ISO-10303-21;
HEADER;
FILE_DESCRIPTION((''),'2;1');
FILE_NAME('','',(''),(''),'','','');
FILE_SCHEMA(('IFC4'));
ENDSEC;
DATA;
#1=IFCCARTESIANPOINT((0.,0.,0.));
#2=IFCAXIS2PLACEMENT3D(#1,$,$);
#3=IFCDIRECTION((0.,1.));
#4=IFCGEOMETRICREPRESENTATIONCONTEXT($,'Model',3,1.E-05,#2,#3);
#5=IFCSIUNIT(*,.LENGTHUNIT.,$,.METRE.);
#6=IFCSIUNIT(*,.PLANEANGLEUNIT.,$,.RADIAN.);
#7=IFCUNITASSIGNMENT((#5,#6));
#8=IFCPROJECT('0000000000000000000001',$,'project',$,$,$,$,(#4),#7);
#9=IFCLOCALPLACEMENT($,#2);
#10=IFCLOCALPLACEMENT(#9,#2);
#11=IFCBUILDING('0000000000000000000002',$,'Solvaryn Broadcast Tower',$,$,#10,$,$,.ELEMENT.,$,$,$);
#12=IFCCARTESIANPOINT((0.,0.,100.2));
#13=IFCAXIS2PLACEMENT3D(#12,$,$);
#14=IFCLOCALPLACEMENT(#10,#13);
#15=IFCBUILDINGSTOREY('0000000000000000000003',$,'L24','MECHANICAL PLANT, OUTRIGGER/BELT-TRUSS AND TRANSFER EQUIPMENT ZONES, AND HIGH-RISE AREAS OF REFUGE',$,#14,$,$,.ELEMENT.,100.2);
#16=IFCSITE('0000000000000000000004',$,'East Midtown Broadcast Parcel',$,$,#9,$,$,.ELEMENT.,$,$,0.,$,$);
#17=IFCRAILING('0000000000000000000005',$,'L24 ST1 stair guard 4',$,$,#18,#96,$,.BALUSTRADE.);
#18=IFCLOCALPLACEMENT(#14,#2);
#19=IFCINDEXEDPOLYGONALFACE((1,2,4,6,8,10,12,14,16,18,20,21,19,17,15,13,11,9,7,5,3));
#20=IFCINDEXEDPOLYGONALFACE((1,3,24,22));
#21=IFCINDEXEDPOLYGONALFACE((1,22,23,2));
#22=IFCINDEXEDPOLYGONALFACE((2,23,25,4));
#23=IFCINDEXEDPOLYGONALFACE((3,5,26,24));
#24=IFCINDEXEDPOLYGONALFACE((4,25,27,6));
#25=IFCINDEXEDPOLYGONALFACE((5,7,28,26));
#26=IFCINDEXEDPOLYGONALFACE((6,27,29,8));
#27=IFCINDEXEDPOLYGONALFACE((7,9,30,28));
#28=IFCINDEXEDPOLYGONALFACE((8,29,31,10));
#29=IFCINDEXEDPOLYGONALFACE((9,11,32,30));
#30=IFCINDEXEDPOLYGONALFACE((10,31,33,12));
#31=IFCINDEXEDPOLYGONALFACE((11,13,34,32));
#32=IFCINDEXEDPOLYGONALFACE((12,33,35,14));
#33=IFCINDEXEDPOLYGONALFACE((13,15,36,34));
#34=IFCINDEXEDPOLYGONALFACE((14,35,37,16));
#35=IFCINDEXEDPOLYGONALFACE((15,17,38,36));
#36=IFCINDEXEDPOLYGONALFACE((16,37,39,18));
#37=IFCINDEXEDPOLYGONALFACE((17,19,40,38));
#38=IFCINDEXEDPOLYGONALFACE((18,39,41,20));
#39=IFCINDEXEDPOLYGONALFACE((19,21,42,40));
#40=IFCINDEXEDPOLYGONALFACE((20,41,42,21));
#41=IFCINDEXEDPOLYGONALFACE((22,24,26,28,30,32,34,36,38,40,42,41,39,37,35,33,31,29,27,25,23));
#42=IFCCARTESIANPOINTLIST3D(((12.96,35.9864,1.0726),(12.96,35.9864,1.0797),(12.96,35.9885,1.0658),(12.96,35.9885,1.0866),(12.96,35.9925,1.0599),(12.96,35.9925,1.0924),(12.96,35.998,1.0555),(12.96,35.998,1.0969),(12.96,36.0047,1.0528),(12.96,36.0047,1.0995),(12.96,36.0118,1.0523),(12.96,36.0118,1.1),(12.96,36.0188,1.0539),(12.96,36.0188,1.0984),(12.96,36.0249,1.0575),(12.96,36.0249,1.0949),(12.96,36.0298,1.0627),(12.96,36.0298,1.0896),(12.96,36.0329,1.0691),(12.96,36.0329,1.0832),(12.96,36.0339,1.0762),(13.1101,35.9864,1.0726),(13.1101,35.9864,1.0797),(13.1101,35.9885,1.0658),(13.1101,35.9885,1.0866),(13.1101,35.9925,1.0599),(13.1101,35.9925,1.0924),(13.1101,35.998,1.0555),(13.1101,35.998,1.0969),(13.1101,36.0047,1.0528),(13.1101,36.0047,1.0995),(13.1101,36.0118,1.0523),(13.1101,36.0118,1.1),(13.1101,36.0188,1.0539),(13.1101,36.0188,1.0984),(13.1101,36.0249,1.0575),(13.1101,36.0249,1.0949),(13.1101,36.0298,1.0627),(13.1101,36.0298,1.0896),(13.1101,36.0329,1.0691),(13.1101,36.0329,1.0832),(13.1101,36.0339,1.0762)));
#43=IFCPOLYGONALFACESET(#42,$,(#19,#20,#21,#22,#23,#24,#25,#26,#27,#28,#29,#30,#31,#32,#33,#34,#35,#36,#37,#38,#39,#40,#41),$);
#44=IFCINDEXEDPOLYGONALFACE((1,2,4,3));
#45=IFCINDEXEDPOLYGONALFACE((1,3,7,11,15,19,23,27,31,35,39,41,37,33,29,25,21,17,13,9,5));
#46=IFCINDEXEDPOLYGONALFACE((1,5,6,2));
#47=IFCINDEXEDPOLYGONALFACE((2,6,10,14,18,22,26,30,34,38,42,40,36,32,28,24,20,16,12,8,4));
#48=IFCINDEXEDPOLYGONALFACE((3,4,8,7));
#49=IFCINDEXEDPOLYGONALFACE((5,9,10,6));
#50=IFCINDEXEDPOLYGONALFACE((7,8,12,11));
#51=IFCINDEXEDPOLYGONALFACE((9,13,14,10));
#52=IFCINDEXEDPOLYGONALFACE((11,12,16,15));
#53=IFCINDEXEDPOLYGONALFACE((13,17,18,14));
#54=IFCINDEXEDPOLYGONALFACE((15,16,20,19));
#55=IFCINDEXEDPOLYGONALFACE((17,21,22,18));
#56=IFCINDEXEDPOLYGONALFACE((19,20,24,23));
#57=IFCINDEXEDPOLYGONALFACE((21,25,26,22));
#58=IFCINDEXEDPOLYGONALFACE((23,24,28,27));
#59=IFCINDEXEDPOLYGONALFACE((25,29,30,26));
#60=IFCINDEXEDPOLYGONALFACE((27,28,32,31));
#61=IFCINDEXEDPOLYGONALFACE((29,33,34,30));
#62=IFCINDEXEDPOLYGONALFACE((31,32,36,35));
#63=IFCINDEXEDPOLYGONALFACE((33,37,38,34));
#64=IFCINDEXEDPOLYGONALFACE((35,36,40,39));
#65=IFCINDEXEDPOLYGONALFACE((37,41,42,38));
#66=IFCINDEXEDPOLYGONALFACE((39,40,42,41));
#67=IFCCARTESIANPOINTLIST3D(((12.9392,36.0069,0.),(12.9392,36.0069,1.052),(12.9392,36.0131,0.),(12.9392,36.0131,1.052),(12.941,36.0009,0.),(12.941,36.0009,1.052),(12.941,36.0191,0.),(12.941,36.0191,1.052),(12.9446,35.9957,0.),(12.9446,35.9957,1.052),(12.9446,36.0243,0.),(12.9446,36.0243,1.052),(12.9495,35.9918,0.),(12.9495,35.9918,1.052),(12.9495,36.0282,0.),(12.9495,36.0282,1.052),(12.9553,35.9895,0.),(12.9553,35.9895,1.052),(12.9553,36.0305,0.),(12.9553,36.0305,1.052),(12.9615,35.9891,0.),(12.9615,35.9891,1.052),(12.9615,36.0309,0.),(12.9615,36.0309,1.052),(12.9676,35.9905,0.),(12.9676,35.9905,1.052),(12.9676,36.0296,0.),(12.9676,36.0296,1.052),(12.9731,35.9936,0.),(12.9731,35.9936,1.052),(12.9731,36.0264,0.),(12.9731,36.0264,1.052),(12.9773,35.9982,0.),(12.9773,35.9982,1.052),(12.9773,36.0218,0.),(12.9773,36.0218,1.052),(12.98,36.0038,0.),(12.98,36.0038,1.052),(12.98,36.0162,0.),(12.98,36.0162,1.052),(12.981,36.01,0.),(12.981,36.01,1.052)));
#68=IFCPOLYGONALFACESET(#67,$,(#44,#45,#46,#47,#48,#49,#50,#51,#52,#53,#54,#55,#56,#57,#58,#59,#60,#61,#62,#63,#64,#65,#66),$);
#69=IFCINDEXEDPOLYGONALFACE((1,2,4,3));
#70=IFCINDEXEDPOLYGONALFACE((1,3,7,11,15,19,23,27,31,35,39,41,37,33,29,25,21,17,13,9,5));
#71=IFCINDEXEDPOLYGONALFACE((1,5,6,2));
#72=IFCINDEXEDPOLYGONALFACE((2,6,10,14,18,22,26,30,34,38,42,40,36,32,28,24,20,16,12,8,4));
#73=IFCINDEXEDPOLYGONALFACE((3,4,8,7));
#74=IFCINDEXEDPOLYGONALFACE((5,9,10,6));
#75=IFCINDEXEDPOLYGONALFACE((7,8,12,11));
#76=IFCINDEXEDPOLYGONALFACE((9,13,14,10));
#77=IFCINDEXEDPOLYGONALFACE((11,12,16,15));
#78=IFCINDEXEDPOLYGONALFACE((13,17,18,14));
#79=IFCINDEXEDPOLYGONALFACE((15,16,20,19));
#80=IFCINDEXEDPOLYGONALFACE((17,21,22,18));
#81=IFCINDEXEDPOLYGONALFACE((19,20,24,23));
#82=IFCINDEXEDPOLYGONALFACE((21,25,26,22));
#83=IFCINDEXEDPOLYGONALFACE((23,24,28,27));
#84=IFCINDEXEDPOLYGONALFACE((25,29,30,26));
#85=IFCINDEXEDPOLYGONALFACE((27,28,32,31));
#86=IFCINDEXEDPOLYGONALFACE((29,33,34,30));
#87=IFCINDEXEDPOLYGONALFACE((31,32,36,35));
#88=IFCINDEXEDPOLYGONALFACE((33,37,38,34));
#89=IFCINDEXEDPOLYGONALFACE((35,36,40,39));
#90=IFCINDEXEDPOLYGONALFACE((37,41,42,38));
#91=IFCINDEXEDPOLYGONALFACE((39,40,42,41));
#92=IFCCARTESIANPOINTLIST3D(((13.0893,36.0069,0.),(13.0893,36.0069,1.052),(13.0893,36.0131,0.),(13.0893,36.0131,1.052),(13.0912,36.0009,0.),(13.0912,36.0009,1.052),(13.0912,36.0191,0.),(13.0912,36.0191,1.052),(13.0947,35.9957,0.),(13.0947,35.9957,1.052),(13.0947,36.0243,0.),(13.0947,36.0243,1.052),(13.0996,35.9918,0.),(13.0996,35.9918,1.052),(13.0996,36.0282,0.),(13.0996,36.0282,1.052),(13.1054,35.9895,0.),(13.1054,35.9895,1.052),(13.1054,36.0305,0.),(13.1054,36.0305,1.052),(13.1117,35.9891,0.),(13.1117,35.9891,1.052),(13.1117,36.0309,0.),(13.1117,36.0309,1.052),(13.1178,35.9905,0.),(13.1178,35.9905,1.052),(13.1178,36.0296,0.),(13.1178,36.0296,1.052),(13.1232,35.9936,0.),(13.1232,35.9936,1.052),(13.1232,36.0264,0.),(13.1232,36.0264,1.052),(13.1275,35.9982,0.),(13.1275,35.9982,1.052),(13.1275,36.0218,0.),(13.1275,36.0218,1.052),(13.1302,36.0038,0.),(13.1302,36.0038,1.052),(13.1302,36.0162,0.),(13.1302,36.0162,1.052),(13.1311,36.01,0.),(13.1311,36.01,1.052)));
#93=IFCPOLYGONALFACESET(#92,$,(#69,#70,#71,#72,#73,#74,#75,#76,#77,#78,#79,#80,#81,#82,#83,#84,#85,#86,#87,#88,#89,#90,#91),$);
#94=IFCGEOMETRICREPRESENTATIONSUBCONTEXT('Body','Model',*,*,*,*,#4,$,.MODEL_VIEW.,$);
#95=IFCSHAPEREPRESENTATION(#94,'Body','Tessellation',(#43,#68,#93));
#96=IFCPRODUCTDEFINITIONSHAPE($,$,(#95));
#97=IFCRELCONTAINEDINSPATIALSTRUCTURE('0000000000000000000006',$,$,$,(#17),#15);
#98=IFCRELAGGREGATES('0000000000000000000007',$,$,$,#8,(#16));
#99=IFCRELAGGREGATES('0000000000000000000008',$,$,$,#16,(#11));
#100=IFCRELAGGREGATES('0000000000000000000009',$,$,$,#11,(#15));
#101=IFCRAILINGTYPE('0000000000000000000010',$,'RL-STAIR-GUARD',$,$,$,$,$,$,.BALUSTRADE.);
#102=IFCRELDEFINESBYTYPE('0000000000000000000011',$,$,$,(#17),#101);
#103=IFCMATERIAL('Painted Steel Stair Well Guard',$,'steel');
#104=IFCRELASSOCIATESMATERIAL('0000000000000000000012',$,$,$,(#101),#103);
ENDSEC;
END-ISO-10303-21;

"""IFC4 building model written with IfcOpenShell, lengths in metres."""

from ifc_helpers import new_model, si_unit, direction, frame, origin, origin_2d, place, context, subcontext, project, spatial, circle, extrude, material, type_object, element, save


model = new_model("IFC4")

# Units and contexts
model_context = context("Model", 3, precision=1e-05, world=origin(), true_north=direction((0.0, 1.0)))
body_context = subcontext(model_context, "Body", "Model", "MODEL_VIEW")
ifc_project = project(units=[si_unit("LENGTHUNIT", "METRE"), si_unit("PLANEANGLEUNIT", "RADIAN")], contexts=[model_context])

# Site, building, storey
site_placement = place(None, origin())
site = spatial("IfcSite", under=ifc_project, at=site_placement, Name="East Midtown Broadcast Parcel", CompositionType="ELEMENT", RefElevation=0.0)
building_placement = place(site_placement, origin())
building = spatial("IfcBuilding", under=site, at=building_placement, Name="Solvaryn Broadcast Tower", CompositionType="ELEMENT")
storey_placement = place(building_placement, frame((0.0, 0.0, 100.2)))
storey = spatial("IfcBuildingStorey", under=building, at=storey_placement, Name="L24", Description="MECHANICAL PLANT, OUTRIGGER/BELT-TRUSS AND TRANSFER EQUIPMENT ZONES, AND HIGH-RISE AREAS OF REFUGE", CompositionType="ELEMENT", Elevation=100.2)

# Railing
ifc_material_1 = material(Name="Painted Steel Stair Well Guard", Category="steel")
railing_type_1 = type_object("IfcRailingType", Name="RL-STAIR-GUARD", PredefinedType="BALUSTRADE", material=ifc_material_1)
railing_1_placement = place(storey_placement, frame((12.96, 36.01, 0.0)))
element("IfcRailing", 1, at=railing_1_placement, inside=storey, type_object=railing_type_1, Name="L24 ST1 stair guard 4", PredefinedType="BALUSTRADE", context=body_context, shape_type="SweptSolid", body=[
    extrude(circle(Radius=0.0239, at=origin_2d()), frame((0.0, 0.0, 1.0762), z_axis=(1.0, 0.0, 0.0), x_axis=(0.0, 1.0, 0.0)), (0.0, 0.0, 1.0), 0.1501),
    extrude(circle(Radius=0.021, at=origin_2d()), origin(), (0.0, 0.0, 1.0), 1.052),
    extrude(circle(Radius=0.021, at=origin_2d()), frame((0.1501, 0.0, 0.0)), (0.0, 0.0, 1.0), 1.052),
])

save(model, "model.ifc")
